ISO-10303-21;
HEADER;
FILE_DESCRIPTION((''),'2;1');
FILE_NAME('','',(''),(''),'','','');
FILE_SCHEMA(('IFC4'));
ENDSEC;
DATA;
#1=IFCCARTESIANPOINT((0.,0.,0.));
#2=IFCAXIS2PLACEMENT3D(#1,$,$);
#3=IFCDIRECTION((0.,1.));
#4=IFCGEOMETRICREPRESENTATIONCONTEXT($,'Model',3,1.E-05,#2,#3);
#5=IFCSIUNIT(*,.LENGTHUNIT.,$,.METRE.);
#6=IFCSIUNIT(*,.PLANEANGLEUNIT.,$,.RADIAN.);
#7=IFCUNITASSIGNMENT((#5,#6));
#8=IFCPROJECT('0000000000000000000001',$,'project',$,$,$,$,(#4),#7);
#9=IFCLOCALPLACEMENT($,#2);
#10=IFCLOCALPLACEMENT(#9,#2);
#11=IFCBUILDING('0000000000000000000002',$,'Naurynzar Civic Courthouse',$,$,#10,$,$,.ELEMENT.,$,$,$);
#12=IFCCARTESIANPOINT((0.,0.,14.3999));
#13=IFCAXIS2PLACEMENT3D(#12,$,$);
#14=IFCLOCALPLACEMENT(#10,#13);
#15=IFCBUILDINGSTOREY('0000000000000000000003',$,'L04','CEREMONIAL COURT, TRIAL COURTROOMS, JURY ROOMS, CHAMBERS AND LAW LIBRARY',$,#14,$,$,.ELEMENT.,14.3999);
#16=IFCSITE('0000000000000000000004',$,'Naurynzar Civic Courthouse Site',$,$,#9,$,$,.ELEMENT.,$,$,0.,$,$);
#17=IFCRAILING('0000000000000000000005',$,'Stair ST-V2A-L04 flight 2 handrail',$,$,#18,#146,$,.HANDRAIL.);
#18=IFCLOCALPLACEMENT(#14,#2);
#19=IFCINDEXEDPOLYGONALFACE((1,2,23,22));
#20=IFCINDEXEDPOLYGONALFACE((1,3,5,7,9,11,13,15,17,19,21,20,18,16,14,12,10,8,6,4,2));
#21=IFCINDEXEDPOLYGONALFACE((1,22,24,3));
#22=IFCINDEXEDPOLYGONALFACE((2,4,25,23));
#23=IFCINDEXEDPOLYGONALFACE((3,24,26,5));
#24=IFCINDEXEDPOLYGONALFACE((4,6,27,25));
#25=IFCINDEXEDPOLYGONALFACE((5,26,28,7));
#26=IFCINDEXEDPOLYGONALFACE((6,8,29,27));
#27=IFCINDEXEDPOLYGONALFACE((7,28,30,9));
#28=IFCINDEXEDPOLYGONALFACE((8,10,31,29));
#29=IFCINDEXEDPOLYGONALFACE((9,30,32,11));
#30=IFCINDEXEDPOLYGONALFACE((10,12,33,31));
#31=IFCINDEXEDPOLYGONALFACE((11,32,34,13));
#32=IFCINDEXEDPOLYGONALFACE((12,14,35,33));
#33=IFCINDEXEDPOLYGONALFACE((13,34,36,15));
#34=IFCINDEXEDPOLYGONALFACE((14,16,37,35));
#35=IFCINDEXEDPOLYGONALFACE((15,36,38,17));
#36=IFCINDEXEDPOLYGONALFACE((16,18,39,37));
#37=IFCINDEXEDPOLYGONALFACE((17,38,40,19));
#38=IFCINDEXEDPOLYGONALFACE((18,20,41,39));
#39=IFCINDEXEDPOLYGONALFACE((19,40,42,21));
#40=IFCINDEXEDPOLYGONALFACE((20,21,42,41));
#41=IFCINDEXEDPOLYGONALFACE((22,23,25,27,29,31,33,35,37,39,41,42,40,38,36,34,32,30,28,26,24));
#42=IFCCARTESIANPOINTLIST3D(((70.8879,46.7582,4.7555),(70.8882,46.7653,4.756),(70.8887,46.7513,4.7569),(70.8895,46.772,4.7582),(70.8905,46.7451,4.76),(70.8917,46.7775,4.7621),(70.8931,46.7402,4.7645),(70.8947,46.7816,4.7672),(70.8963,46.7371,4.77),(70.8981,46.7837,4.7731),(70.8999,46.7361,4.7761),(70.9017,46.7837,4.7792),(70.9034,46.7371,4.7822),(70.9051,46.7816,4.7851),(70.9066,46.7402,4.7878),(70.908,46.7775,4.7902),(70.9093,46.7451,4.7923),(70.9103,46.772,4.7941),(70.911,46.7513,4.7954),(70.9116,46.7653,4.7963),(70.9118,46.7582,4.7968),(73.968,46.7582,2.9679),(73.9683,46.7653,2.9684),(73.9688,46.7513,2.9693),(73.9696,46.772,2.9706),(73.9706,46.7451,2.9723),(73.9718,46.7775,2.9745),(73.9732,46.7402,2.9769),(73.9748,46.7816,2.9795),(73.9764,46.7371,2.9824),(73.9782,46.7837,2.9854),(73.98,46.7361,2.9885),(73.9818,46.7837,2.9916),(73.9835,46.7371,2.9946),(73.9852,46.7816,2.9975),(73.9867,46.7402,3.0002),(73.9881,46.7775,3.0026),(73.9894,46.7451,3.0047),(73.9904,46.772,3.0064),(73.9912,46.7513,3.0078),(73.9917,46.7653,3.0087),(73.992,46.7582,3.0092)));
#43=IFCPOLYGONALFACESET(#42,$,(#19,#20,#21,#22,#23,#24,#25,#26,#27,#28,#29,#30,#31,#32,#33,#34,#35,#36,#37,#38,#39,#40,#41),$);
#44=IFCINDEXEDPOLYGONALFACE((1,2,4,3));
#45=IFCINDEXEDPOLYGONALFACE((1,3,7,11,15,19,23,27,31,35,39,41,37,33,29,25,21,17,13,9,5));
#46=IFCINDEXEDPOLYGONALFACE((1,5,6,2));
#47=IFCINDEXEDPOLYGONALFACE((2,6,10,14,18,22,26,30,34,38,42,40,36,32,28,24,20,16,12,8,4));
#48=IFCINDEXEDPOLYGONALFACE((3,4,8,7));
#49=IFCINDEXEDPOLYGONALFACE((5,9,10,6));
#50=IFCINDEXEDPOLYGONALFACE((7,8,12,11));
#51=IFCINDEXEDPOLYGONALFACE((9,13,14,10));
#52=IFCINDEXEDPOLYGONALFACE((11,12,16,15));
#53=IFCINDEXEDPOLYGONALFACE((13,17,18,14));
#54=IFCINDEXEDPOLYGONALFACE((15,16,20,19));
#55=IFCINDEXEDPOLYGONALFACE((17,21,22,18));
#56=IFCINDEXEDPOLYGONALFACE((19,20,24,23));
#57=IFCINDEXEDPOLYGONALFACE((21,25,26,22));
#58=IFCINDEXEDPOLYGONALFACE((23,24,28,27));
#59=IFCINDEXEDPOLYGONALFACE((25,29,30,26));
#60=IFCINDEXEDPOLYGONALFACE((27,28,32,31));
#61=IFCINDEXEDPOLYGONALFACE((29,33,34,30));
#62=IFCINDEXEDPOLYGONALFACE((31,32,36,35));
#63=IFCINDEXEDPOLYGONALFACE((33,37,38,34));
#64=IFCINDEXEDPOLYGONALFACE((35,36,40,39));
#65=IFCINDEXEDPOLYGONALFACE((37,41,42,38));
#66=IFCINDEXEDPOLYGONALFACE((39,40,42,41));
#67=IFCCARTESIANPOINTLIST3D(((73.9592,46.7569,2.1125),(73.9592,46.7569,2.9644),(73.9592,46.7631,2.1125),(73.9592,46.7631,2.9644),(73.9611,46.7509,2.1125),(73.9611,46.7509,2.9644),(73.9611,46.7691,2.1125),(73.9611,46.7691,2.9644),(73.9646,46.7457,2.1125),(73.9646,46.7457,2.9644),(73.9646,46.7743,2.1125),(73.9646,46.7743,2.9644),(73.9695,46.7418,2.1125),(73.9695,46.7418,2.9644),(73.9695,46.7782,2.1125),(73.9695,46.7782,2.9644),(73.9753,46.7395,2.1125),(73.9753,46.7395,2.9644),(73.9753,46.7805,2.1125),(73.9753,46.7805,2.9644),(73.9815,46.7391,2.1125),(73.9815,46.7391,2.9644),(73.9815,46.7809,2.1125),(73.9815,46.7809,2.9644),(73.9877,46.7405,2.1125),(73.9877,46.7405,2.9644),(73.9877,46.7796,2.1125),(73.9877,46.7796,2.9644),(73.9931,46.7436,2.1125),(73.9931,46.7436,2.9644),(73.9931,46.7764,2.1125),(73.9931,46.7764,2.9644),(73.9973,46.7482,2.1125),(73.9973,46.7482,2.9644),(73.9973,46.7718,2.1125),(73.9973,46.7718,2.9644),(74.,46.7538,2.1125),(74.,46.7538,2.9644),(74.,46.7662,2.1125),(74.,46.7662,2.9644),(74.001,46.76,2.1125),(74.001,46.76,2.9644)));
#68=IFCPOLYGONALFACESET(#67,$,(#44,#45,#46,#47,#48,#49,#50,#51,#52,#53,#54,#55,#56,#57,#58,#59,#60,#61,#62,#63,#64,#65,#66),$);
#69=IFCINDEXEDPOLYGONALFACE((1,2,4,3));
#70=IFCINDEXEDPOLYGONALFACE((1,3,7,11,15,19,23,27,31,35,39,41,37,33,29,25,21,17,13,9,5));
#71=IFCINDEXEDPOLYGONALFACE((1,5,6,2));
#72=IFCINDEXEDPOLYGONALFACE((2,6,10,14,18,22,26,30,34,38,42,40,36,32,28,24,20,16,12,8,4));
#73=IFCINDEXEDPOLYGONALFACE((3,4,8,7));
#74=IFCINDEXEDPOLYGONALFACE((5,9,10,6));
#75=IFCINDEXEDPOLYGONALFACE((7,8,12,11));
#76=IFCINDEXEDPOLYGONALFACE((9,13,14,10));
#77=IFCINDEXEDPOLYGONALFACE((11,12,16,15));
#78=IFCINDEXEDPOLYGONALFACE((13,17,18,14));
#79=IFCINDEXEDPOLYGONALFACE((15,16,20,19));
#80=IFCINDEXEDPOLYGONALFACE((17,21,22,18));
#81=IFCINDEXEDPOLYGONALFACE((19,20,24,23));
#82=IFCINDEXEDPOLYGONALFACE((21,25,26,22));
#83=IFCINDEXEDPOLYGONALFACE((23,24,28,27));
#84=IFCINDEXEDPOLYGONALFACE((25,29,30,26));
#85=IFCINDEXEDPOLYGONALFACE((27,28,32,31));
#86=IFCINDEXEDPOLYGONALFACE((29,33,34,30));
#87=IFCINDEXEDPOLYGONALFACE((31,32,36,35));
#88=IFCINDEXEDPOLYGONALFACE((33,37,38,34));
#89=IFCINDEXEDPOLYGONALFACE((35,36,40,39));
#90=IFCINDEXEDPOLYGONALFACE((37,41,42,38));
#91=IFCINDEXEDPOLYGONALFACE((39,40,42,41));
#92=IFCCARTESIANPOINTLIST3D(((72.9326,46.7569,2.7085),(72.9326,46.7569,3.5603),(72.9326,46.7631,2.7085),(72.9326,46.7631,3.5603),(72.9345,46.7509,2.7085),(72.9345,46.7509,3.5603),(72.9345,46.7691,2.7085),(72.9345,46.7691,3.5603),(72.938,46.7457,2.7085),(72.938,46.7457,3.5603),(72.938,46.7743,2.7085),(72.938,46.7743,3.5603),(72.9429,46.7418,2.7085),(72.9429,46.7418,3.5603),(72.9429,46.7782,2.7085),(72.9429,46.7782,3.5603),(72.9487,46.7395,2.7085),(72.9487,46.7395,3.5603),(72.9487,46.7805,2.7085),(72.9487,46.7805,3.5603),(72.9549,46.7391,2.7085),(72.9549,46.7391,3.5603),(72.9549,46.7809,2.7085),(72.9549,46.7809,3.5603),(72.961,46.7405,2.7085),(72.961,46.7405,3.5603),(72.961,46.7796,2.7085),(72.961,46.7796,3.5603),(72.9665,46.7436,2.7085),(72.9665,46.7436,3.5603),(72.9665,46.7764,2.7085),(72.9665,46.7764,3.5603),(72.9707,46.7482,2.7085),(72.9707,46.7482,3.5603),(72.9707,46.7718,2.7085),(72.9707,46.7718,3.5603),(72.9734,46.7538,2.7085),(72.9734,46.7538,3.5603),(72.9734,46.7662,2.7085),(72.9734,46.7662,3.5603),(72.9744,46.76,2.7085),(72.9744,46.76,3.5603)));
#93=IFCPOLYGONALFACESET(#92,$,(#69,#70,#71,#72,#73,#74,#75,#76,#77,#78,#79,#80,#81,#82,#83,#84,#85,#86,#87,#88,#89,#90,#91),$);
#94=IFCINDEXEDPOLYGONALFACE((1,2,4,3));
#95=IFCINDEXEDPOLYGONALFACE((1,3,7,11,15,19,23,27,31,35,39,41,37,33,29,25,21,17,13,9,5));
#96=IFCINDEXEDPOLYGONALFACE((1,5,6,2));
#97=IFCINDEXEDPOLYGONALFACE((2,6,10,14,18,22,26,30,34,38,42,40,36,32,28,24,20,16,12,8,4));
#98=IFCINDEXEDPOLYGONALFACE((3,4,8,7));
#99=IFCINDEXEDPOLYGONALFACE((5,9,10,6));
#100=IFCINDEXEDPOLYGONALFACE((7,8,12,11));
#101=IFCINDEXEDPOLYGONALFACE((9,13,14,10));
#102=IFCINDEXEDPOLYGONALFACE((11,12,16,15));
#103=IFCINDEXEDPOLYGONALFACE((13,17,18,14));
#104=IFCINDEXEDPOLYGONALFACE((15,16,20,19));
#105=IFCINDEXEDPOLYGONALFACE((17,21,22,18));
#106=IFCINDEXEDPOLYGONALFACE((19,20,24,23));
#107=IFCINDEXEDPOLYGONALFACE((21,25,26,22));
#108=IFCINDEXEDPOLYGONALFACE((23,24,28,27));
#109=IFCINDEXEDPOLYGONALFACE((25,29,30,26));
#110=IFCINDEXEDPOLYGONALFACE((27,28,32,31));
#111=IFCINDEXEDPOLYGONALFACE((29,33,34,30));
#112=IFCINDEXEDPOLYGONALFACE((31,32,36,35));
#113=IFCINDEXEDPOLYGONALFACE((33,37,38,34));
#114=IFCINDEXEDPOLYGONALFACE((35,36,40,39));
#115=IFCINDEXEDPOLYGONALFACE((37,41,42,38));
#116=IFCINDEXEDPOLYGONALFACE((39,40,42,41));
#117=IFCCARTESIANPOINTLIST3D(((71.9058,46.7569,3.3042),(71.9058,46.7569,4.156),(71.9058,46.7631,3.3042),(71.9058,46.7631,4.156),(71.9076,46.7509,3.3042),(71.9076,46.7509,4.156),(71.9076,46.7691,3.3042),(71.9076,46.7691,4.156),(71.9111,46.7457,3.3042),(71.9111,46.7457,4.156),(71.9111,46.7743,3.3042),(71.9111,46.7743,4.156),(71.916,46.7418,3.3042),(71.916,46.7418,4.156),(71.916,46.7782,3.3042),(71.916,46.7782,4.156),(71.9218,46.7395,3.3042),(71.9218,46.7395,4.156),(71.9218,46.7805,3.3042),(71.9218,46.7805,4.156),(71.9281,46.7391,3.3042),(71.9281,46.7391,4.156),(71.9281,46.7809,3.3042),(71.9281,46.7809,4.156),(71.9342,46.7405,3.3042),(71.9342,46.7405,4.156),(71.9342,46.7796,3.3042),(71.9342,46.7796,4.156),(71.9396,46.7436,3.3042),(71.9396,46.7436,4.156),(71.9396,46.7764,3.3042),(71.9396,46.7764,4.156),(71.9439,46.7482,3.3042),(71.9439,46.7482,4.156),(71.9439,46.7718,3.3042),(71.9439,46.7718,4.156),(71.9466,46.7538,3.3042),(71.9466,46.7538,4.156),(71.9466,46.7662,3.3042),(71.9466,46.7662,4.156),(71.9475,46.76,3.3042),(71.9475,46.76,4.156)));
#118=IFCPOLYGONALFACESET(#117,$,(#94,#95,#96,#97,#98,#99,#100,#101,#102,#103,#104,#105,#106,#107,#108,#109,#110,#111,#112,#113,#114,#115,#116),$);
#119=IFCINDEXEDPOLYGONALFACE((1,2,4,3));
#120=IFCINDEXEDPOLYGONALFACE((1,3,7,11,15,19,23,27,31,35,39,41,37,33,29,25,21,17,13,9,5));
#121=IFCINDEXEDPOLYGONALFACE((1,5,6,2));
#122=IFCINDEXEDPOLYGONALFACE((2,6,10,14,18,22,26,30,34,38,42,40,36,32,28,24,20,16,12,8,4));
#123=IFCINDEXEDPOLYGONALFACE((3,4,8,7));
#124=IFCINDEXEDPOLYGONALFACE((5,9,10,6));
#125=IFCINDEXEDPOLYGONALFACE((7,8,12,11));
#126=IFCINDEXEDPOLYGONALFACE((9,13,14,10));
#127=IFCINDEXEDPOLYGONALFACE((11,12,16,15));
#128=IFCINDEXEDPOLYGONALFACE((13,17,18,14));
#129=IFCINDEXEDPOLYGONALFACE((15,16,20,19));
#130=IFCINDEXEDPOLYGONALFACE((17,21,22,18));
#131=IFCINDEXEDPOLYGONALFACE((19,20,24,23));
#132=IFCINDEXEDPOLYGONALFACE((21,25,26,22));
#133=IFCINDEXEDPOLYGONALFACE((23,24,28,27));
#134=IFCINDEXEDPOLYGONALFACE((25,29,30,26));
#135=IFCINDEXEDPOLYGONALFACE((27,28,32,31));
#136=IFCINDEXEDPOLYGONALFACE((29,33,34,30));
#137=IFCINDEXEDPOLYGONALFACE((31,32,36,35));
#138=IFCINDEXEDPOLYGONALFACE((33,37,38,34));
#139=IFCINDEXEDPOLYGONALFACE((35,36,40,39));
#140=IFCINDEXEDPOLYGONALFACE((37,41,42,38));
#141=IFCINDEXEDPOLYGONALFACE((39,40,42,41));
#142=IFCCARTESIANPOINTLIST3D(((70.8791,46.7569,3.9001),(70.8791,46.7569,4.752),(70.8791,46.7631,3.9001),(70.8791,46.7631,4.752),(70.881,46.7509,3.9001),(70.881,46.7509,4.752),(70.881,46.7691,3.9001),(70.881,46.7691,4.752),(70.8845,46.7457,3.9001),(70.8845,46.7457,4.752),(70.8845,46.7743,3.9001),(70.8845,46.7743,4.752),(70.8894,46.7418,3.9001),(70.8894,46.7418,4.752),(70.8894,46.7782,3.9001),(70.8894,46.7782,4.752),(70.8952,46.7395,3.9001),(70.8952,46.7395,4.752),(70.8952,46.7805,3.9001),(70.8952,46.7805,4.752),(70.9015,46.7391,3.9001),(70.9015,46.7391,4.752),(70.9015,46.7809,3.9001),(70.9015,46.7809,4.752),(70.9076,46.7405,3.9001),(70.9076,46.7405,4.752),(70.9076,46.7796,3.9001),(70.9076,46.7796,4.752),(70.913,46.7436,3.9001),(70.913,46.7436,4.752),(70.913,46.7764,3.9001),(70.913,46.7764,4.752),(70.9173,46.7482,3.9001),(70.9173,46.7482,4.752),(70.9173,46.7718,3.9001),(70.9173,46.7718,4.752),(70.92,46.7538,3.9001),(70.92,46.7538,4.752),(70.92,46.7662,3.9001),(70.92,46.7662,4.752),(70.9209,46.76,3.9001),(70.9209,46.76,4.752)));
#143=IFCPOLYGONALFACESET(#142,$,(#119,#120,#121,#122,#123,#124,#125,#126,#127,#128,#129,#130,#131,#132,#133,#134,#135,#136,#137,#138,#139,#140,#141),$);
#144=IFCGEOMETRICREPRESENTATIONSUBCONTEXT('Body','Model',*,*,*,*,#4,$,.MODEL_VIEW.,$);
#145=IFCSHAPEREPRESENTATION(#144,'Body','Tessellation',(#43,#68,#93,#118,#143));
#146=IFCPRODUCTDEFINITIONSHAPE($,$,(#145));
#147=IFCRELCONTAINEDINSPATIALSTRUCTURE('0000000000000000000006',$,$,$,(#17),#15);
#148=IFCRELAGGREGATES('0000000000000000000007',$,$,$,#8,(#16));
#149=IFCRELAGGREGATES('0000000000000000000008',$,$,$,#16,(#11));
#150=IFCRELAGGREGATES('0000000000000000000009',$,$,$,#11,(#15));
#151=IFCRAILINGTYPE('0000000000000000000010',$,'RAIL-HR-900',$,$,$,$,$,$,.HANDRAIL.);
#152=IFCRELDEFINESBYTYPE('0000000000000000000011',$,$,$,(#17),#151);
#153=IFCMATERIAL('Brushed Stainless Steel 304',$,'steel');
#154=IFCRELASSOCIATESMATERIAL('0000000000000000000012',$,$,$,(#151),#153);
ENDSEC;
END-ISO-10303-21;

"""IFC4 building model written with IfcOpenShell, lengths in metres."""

from ifc_helpers import new_model, si_unit, direction, frame, origin, origin_2d, place, context, subcontext, project, spatial, circle, extrude, material, type_object, element, save


model = new_model("IFC4")

# Units and contexts
model_context = context("Model", 3, precision=1e-05, world=origin(), true_north=direction((0.0, 1.0)))
body_context = subcontext(model_context, "Body", "Model", "MODEL_VIEW")
ifc_project = project(units=[si_unit("LENGTHUNIT", "METRE"), si_unit("PLANEANGLEUNIT", "RADIAN")], contexts=[model_context])

# Site, building, storey
site_placement = place(None, origin())
site = spatial("IfcSite", under=ifc_project, at=site_placement, Name="Naurynzar Civic Courthouse Site", CompositionType="ELEMENT", RefElevation=0.0)
building_placement = place(site_placement, origin())
building = spatial("IfcBuilding", under=site, at=building_placement, Name="Naurynzar Civic Courthouse", CompositionType="ELEMENT")
storey_placement = place(building_placement, frame((0.0, 0.0, 14.3999)))
storey = spatial("IfcBuildingStorey", under=building, at=storey_placement, Name="L04", Description="CEREMONIAL COURT, TRIAL COURTROOMS, JURY ROOMS, CHAMBERS AND LAW LIBRARY", CompositionType="ELEMENT", Elevation=14.3999)

# Railing
ifc_material_1 = material(Name="Brushed Stainless Steel 304", Category="steel")
railing_type_1 = type_object("IfcRailingType", Name="RAIL-HR-900", PredefinedType="HANDRAIL", material=ifc_material_1)
railing_1_placement = place(storey_placement, frame((73.98, 46.76, 2.1125)))
element("IfcRailing", 1, at=railing_1_placement, inside=storey, type_object=railing_type_1, Name="Stair ST-V2A-L04 flight 2 handrail", PredefinedType="HANDRAIL", context=body_context, shape_type="SweptSolid", body=[
    extrude(circle(Radius=0.0239, at=origin_2d()), frame((0.0, 0.0, 0.876), z_axis=(-0.864891, 0.0, 0.50196), x_axis=(0.0, -1.0, 0.0)), (0.0, 0.0, 1.0), 3.5613),
    extrude(circle(Radius=0.021, at=origin_2d()), origin(), (0.0, 0.0, 1.0), 0.8518),
    extrude(circle(Radius=0.021, at=origin_2d()), frame((-1.0266, 0.0, 0.5959)), (0.0, 0.0, 1.0), 0.8518),
    extrude(circle(Radius=0.021, at=origin_2d()), frame((-2.0535, 0.0, 1.1917)), (0.0, 0.0, 1.0), 0.8518),
    extrude(circle(Radius=0.021, at=origin_2d()), frame((-3.0801, 0.0, 1.7876)), (0.0, 0.0, 1.0), 0.8518),
])

save(model, "model.ifc")
